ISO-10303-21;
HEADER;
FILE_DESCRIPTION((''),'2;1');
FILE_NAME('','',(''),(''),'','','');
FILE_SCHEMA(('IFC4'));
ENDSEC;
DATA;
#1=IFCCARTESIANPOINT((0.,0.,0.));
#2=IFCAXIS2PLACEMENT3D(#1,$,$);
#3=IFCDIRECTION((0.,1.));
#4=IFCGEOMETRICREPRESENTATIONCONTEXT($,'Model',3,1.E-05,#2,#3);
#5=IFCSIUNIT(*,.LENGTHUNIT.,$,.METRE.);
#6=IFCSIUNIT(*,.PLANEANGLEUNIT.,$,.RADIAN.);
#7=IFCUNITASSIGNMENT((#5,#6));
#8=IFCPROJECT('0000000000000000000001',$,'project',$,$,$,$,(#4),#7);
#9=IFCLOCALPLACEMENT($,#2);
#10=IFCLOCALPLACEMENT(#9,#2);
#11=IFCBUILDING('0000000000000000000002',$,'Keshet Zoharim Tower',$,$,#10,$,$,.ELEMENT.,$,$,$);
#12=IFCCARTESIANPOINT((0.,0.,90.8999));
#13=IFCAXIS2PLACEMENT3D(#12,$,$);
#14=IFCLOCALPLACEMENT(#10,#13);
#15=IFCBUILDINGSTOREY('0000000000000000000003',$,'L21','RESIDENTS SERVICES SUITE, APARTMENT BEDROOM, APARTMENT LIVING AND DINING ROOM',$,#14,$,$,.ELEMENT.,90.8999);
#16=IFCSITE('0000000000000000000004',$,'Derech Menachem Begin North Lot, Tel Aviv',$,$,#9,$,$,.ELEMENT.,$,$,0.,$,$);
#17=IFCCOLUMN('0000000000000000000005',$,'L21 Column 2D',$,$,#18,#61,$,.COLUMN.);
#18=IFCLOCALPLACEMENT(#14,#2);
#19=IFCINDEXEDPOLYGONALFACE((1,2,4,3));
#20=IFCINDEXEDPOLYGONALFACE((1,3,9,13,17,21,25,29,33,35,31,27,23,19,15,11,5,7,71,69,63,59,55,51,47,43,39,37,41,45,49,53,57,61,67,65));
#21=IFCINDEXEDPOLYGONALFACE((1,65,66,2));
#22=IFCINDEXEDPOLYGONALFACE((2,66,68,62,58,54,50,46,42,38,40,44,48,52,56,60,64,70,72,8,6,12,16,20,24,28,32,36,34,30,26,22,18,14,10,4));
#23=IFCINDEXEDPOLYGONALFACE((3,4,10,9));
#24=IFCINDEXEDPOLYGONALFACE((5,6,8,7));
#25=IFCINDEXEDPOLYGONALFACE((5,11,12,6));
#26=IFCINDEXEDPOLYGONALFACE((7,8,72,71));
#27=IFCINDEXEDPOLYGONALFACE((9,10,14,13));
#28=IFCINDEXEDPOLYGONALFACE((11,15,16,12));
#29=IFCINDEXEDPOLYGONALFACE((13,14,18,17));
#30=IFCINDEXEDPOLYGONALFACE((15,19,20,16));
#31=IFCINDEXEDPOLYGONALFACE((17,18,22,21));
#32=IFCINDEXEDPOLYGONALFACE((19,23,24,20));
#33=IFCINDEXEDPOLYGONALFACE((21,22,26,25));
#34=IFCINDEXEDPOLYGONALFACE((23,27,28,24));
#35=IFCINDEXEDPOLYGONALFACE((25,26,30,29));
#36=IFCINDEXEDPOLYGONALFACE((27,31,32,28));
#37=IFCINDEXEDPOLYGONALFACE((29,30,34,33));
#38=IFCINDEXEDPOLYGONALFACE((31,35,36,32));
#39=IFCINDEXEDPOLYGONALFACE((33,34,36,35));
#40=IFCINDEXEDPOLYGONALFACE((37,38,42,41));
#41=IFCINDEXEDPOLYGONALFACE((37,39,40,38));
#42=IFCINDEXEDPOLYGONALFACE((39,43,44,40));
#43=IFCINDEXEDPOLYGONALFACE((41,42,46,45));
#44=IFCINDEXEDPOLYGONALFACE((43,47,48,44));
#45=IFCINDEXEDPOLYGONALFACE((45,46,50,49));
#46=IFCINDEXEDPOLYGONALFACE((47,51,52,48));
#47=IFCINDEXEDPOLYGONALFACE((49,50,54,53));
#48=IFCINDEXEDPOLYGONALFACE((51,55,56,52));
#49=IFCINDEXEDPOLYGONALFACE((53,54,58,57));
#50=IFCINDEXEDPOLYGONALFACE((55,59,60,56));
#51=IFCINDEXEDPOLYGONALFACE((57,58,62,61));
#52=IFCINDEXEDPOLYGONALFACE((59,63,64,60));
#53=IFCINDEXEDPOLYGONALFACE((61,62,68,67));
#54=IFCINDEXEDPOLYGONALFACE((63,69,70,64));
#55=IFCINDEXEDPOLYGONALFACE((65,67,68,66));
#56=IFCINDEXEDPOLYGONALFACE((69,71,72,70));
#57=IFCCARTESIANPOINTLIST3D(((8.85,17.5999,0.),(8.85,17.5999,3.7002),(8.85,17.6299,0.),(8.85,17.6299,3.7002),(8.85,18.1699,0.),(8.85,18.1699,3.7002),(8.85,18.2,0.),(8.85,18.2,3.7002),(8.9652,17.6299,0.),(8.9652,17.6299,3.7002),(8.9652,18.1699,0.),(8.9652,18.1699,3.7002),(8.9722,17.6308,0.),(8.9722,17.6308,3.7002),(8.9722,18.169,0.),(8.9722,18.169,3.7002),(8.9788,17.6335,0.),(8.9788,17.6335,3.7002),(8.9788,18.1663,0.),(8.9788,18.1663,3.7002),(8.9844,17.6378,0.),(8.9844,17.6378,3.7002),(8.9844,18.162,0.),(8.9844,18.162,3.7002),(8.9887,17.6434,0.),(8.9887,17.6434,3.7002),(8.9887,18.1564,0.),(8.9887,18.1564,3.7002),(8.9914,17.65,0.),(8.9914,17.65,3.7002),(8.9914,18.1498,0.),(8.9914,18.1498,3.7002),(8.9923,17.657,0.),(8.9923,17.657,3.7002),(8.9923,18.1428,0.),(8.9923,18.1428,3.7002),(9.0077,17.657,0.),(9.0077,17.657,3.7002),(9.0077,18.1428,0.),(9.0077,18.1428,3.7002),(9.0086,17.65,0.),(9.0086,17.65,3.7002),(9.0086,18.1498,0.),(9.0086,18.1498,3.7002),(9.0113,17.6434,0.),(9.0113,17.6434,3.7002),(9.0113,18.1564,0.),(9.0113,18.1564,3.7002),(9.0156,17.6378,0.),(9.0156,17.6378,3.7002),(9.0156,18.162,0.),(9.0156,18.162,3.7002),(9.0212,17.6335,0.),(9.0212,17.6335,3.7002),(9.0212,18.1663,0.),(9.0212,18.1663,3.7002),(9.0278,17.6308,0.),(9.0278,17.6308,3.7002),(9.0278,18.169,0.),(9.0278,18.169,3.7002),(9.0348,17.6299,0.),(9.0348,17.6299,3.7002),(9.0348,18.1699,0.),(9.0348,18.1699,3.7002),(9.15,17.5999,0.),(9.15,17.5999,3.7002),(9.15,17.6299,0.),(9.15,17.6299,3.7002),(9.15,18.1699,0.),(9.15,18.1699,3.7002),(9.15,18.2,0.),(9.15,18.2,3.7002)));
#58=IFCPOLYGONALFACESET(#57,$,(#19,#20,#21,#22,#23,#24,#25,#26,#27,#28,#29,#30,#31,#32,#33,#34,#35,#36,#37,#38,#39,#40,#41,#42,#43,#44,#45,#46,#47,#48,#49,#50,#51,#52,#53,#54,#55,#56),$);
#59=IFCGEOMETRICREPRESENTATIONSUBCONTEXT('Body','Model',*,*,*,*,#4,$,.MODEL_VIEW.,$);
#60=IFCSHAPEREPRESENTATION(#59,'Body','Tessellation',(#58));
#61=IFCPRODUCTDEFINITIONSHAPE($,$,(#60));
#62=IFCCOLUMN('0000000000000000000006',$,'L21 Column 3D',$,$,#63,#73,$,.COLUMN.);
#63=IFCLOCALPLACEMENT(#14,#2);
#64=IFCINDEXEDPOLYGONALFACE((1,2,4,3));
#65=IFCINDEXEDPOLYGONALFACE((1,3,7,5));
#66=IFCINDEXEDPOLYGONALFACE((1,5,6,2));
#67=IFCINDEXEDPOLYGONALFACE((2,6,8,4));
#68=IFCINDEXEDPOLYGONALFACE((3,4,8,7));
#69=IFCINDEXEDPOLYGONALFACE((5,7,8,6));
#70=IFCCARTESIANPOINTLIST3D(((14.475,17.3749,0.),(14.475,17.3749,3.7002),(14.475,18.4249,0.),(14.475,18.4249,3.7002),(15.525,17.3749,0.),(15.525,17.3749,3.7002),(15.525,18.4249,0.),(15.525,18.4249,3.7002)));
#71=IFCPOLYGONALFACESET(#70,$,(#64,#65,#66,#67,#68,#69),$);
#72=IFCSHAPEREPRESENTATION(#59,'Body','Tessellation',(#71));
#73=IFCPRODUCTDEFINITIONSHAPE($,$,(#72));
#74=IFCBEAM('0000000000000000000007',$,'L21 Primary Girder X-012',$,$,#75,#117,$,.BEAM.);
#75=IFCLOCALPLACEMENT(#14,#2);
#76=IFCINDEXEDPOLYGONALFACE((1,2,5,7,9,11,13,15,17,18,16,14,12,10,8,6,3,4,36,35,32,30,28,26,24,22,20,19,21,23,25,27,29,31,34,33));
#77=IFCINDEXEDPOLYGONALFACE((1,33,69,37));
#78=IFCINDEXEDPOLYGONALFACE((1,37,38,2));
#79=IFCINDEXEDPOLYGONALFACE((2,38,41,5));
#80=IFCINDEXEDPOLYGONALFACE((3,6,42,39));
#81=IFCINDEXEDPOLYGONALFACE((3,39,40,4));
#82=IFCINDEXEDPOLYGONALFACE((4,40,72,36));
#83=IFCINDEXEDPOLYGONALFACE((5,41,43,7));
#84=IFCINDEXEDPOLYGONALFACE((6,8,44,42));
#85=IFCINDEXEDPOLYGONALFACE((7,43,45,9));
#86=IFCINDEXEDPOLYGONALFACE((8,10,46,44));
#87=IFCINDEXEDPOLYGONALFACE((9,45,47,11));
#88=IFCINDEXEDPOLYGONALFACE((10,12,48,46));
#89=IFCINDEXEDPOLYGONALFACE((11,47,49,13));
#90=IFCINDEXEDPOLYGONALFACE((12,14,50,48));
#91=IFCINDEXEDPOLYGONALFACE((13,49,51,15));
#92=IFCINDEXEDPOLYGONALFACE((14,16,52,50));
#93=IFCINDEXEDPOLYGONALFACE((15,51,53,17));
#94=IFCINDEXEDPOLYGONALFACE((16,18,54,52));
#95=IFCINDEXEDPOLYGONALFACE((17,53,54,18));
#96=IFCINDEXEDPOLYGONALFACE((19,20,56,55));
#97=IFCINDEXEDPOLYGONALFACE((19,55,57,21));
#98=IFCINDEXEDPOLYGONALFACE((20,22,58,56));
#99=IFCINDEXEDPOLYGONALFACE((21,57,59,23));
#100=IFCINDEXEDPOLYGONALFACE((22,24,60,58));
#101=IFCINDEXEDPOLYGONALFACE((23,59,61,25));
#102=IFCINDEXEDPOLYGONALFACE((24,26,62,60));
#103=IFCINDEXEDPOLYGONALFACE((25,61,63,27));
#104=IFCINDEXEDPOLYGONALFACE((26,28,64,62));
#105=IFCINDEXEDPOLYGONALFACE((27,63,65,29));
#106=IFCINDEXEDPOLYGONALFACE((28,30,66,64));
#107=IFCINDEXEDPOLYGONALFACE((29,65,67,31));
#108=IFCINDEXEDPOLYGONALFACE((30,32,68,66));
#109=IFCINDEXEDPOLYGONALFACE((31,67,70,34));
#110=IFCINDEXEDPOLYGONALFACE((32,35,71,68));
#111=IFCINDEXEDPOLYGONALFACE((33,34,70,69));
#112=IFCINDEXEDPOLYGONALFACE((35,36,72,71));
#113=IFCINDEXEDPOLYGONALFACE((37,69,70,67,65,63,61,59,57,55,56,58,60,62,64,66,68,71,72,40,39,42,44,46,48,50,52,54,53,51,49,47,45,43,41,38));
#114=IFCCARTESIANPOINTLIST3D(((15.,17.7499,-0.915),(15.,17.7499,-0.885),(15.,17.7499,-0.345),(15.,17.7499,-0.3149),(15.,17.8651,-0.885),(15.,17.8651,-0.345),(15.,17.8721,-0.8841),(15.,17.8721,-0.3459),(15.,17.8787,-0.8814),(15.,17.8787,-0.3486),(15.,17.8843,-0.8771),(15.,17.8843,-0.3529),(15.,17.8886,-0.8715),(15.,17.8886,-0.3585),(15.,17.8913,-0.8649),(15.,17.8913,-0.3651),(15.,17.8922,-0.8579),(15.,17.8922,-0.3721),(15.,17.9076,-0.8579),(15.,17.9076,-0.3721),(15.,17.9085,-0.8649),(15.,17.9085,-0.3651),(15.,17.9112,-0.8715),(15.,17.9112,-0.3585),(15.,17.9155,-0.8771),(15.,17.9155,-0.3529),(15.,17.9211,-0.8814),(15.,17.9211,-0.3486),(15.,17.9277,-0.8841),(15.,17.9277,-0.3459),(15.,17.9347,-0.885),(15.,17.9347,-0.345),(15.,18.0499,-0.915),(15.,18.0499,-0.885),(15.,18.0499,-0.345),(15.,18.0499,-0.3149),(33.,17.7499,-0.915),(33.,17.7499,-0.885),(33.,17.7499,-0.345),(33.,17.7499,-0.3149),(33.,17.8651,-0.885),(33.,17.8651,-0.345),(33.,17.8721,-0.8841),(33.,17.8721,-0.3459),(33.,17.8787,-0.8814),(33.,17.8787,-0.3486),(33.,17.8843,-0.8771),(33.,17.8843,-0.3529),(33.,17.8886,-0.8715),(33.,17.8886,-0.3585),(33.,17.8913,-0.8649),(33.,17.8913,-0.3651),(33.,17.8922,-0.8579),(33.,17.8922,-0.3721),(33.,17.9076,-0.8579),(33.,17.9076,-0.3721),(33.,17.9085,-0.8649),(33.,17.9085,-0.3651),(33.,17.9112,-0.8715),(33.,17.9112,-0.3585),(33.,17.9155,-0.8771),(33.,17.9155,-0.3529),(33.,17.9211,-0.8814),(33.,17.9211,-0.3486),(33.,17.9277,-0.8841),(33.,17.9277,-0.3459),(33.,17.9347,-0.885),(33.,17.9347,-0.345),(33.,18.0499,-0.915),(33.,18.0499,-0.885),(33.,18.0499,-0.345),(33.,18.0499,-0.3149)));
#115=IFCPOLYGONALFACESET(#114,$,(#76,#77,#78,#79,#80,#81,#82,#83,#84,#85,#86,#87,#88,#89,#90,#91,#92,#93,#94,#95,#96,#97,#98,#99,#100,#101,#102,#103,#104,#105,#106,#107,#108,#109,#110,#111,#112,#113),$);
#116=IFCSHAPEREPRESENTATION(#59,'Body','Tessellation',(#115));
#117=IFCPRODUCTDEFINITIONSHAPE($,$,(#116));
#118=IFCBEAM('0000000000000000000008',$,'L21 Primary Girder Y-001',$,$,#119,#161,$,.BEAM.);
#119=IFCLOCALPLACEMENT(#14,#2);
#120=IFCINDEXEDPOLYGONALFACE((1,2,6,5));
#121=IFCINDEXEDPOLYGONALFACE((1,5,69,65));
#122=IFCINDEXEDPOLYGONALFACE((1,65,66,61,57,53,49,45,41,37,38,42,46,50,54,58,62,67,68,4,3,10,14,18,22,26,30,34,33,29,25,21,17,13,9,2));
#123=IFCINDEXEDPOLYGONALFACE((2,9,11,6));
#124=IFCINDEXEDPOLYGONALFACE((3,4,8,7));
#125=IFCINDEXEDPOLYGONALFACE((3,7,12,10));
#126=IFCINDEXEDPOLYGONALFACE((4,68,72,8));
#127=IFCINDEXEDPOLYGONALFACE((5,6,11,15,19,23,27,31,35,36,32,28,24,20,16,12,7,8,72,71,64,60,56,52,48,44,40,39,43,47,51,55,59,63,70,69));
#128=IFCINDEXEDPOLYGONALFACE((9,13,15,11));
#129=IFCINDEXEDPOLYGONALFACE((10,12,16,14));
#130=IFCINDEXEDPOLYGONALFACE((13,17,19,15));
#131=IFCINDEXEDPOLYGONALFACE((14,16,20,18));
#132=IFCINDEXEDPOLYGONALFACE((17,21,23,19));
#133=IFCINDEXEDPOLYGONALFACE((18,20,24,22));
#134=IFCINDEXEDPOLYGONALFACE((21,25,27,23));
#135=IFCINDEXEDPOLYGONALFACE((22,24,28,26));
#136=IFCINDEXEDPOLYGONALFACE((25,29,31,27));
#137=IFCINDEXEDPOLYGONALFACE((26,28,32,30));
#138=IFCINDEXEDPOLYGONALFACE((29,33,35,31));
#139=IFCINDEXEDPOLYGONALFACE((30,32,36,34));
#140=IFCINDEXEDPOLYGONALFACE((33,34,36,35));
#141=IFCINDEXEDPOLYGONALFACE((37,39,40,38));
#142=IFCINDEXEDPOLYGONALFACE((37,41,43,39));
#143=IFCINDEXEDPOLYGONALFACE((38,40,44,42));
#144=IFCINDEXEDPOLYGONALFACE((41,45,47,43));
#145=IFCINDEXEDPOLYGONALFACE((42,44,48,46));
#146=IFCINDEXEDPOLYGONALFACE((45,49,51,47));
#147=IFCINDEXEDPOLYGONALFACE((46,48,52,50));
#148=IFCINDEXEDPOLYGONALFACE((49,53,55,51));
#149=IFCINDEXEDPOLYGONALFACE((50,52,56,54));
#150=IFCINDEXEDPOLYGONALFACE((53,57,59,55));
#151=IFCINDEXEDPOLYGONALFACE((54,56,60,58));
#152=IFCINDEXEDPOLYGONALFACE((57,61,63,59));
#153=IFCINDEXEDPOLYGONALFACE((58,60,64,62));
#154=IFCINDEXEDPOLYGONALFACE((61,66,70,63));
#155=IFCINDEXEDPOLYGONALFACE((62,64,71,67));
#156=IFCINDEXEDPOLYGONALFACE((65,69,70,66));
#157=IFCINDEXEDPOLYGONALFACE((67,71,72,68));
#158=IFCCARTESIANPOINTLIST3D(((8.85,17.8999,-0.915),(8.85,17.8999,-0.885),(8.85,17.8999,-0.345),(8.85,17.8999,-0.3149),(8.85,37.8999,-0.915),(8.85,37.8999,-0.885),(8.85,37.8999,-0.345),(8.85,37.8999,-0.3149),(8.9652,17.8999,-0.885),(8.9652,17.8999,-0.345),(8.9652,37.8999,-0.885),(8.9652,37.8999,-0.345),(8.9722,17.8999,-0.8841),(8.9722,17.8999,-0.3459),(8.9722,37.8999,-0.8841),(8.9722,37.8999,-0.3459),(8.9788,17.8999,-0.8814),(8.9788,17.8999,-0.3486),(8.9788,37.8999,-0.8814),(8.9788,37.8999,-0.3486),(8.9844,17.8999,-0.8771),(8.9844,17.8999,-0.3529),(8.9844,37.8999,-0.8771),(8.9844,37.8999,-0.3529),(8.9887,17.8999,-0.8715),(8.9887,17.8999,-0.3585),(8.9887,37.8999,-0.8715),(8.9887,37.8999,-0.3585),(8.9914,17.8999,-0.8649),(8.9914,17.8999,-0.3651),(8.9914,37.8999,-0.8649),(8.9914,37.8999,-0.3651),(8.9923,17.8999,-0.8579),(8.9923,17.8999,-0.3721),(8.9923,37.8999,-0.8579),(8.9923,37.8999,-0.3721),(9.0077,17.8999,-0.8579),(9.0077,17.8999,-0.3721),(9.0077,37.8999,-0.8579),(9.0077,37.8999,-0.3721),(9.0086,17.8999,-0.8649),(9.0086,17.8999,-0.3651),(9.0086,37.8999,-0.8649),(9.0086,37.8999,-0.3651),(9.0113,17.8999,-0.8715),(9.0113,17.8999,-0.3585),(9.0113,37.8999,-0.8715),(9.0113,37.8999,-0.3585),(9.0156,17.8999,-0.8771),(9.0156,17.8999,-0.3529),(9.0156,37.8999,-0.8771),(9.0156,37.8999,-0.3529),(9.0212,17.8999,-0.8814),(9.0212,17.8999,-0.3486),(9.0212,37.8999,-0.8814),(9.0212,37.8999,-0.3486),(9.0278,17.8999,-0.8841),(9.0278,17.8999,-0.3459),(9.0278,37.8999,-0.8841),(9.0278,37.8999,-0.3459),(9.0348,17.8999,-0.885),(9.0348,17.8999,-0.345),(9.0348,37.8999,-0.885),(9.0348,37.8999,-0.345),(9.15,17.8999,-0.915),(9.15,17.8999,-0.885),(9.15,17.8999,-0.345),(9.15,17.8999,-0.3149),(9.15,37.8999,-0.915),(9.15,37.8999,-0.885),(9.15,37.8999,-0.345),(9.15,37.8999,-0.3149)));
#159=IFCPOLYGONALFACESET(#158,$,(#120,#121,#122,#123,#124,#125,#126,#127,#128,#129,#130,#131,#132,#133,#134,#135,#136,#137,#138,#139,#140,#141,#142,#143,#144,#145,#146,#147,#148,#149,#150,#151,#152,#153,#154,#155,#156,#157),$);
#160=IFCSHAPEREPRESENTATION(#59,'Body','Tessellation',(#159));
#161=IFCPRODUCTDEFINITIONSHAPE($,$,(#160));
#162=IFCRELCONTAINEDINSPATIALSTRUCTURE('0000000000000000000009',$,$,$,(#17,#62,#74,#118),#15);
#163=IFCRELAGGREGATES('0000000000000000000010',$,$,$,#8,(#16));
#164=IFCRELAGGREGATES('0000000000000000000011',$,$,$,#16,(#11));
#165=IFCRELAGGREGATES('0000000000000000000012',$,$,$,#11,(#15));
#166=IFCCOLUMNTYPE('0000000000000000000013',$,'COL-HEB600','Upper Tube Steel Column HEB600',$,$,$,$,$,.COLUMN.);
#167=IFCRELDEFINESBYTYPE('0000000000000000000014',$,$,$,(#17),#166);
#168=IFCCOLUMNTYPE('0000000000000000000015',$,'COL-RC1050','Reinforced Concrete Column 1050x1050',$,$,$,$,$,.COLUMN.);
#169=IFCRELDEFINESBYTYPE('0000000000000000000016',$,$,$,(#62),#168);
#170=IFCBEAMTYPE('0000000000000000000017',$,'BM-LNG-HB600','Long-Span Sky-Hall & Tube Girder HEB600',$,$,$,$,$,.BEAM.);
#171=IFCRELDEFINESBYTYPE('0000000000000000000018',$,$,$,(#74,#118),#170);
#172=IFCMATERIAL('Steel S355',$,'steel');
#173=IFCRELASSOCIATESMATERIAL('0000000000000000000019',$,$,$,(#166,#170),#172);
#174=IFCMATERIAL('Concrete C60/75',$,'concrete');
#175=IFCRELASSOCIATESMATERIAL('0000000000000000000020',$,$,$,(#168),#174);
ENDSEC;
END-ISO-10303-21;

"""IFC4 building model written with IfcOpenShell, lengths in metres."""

from ifc_helpers import new_model, si_unit, direction, frame, origin, origin_2d, place, context, subcontext, project, spatial, rectangle, i_section, extrude, material, material_profile, profile_set, type_object, element, save


model = new_model("IFC4")

# Units and contexts
model_context = context("Model", 3, precision=1e-05, world=origin(), true_north=direction((0.0, 1.0)))
body_context = subcontext(model_context, "Body", "Model", "MODEL_VIEW")
ifc_project = project(units=[si_unit("LENGTHUNIT", "METRE"), si_unit("PLANEANGLEUNIT", "RADIAN")], contexts=[model_context])

# Site, building, storey
site_placement = place(None, origin())
site = spatial("IfcSite", under=ifc_project, at=site_placement, Name="Derech Menachem Begin North Lot, Tel Aviv", CompositionType="ELEMENT", RefElevation=0.0)
building_placement = place(site_placement, origin())
building = spatial("IfcBuilding", under=site, at=building_placement, Name="Keshet Zoharim Tower", CompositionType="ELEMENT")
storey_placement = place(building_placement, frame((0.0, 0.0, 90.8999)))
storey = spatial("IfcBuildingStorey", under=building, at=storey_placement, Name="L21", Description="RESIDENTS SERVICES SUITE, APARTMENT BEDROOM, APARTMENT LIVING AND DINING ROOM", CompositionType="ELEMENT", Elevation=90.8999)

# Columns
ifc_material_1 = material(Name="Steel S355", Category="steel")
ifc_material_profile_1 = material_profile(ifc_material_1, i_section(OverallWidth=0.3, OverallDepth=0.6001, WebThickness=0.0154, FlangeThickness=0.03, FilletRadius=0.0271, at=origin_2d()), Name="HEB600")
ifc_profile_set_1 = profile_set([ifc_material_profile_1], Name="Steel S355")
column_type_1 = type_object("IfcColumnType", Name="COL-HEB600", Description="Upper Tube Steel Column HEB600", PredefinedType="COLUMN", material=ifc_profile_set_1)
column_1_placement = place(storey_placement, frame((9.0, 17.8999, 0.0), z_axis=(0.0, 0.0, 1.0), x_axis=(1.0, 0.0, 0.0)))
element("IfcColumn", 1, at=column_1_placement, inside=storey, type_object=column_type_1, Name="L21 Column 2D", PredefinedType="COLUMN", context=body_context, shape_type="SweptSolid", body=[
    extrude(i_section(OverallWidth=0.3, OverallDepth=0.6001, WebThickness=0.0154, FlangeThickness=0.03, FilletRadius=0.0271, at=origin_2d()), origin(), (0.0, 0.0, 1.0), 3.7002),
])
ifc_material_2 = material(Name="Concrete C60/75", Category="concrete")
ifc_material_profile_2 = material_profile(ifc_material_2, rectangle(XDim=1.05, YDim=1.05, at=origin_2d()), Name="RC1050x1050")
ifc_profile_set_2 = profile_set([ifc_material_profile_2], Name="Concrete C60/75")
column_type_2 = type_object("IfcColumnType", Name="COL-RC1050", Description="Reinforced Concrete Column 1050x1050", PredefinedType="COLUMN", material=ifc_profile_set_2)
column_2_placement = place(storey_placement, frame((15.0, 17.8999, 0.0), z_axis=(0.0, 0.0, 1.0), x_axis=(1.0, 0.0, 0.0)))
element("IfcColumn", 2, at=column_2_placement, inside=storey, type_object=column_type_2, Name="L21 Column 3D", PredefinedType="COLUMN", context=body_context, shape_type="SweptSolid", body=[
    extrude(rectangle(XDim=1.05, YDim=1.05, at=origin_2d()), origin(), (0.0, 0.0, 1.0), 3.7002),
])

# Beams
ifc_material_profile_3 = material_profile(ifc_material_1, i_section(OverallWidth=0.3, OverallDepth=0.6001, WebThickness=0.0154, FlangeThickness=0.03, FilletRadius=0.0271, at=origin_2d()), Name="HEB600")
ifc_profile_set_3 = profile_set([ifc_material_profile_3], Name="Steel S355")
beam_type_1 = type_object("IfcBeamType", Name="BM-LNG-HB600", Description="Long-Span Sky-Hall & Tube Girder HEB600", PredefinedType="BEAM", material=ifc_profile_set_3)
beam_1_placement = place(storey_placement, frame((15.0, 17.8999, -0.615), z_axis=(1.0, 0.0, 0.0), x_axis=(0.0, 1.0, 0.0)))
element("IfcBeam", 3, at=beam_1_placement, inside=storey, type_object=beam_type_1, Name="L21 Primary Girder X-012", PredefinedType="BEAM", context=body_context, shape_type="SweptSolid", body=[
    extrude(i_section(OverallWidth=0.3, OverallDepth=0.6001, WebThickness=0.0154, FlangeThickness=0.03, FilletRadius=0.0271, at=origin_2d()), origin(), (0.0, 0.0, 1.0), 18.0),
])
beam_2_placement = place(storey_placement, frame((9.0, 17.8999, -0.615), z_axis=(0.0, 1.0, 0.0), x_axis=(-1.0, 0.0, 0.0)))
element("IfcBeam", 4, at=beam_2_placement, inside=storey, type_object=beam_type_1, Name="L21 Primary Girder Y-001", PredefinedType="BEAM", context=body_context, shape_type="SweptSolid", body=[
    extrude(i_section(OverallWidth=0.3, OverallDepth=0.6001, WebThickness=0.0154, FlangeThickness=0.03, FilletRadius=0.0271, at=origin_2d()), origin(), (0.0, 0.0, 1.0), 20.0),
])

save(model, "model.ifc")
